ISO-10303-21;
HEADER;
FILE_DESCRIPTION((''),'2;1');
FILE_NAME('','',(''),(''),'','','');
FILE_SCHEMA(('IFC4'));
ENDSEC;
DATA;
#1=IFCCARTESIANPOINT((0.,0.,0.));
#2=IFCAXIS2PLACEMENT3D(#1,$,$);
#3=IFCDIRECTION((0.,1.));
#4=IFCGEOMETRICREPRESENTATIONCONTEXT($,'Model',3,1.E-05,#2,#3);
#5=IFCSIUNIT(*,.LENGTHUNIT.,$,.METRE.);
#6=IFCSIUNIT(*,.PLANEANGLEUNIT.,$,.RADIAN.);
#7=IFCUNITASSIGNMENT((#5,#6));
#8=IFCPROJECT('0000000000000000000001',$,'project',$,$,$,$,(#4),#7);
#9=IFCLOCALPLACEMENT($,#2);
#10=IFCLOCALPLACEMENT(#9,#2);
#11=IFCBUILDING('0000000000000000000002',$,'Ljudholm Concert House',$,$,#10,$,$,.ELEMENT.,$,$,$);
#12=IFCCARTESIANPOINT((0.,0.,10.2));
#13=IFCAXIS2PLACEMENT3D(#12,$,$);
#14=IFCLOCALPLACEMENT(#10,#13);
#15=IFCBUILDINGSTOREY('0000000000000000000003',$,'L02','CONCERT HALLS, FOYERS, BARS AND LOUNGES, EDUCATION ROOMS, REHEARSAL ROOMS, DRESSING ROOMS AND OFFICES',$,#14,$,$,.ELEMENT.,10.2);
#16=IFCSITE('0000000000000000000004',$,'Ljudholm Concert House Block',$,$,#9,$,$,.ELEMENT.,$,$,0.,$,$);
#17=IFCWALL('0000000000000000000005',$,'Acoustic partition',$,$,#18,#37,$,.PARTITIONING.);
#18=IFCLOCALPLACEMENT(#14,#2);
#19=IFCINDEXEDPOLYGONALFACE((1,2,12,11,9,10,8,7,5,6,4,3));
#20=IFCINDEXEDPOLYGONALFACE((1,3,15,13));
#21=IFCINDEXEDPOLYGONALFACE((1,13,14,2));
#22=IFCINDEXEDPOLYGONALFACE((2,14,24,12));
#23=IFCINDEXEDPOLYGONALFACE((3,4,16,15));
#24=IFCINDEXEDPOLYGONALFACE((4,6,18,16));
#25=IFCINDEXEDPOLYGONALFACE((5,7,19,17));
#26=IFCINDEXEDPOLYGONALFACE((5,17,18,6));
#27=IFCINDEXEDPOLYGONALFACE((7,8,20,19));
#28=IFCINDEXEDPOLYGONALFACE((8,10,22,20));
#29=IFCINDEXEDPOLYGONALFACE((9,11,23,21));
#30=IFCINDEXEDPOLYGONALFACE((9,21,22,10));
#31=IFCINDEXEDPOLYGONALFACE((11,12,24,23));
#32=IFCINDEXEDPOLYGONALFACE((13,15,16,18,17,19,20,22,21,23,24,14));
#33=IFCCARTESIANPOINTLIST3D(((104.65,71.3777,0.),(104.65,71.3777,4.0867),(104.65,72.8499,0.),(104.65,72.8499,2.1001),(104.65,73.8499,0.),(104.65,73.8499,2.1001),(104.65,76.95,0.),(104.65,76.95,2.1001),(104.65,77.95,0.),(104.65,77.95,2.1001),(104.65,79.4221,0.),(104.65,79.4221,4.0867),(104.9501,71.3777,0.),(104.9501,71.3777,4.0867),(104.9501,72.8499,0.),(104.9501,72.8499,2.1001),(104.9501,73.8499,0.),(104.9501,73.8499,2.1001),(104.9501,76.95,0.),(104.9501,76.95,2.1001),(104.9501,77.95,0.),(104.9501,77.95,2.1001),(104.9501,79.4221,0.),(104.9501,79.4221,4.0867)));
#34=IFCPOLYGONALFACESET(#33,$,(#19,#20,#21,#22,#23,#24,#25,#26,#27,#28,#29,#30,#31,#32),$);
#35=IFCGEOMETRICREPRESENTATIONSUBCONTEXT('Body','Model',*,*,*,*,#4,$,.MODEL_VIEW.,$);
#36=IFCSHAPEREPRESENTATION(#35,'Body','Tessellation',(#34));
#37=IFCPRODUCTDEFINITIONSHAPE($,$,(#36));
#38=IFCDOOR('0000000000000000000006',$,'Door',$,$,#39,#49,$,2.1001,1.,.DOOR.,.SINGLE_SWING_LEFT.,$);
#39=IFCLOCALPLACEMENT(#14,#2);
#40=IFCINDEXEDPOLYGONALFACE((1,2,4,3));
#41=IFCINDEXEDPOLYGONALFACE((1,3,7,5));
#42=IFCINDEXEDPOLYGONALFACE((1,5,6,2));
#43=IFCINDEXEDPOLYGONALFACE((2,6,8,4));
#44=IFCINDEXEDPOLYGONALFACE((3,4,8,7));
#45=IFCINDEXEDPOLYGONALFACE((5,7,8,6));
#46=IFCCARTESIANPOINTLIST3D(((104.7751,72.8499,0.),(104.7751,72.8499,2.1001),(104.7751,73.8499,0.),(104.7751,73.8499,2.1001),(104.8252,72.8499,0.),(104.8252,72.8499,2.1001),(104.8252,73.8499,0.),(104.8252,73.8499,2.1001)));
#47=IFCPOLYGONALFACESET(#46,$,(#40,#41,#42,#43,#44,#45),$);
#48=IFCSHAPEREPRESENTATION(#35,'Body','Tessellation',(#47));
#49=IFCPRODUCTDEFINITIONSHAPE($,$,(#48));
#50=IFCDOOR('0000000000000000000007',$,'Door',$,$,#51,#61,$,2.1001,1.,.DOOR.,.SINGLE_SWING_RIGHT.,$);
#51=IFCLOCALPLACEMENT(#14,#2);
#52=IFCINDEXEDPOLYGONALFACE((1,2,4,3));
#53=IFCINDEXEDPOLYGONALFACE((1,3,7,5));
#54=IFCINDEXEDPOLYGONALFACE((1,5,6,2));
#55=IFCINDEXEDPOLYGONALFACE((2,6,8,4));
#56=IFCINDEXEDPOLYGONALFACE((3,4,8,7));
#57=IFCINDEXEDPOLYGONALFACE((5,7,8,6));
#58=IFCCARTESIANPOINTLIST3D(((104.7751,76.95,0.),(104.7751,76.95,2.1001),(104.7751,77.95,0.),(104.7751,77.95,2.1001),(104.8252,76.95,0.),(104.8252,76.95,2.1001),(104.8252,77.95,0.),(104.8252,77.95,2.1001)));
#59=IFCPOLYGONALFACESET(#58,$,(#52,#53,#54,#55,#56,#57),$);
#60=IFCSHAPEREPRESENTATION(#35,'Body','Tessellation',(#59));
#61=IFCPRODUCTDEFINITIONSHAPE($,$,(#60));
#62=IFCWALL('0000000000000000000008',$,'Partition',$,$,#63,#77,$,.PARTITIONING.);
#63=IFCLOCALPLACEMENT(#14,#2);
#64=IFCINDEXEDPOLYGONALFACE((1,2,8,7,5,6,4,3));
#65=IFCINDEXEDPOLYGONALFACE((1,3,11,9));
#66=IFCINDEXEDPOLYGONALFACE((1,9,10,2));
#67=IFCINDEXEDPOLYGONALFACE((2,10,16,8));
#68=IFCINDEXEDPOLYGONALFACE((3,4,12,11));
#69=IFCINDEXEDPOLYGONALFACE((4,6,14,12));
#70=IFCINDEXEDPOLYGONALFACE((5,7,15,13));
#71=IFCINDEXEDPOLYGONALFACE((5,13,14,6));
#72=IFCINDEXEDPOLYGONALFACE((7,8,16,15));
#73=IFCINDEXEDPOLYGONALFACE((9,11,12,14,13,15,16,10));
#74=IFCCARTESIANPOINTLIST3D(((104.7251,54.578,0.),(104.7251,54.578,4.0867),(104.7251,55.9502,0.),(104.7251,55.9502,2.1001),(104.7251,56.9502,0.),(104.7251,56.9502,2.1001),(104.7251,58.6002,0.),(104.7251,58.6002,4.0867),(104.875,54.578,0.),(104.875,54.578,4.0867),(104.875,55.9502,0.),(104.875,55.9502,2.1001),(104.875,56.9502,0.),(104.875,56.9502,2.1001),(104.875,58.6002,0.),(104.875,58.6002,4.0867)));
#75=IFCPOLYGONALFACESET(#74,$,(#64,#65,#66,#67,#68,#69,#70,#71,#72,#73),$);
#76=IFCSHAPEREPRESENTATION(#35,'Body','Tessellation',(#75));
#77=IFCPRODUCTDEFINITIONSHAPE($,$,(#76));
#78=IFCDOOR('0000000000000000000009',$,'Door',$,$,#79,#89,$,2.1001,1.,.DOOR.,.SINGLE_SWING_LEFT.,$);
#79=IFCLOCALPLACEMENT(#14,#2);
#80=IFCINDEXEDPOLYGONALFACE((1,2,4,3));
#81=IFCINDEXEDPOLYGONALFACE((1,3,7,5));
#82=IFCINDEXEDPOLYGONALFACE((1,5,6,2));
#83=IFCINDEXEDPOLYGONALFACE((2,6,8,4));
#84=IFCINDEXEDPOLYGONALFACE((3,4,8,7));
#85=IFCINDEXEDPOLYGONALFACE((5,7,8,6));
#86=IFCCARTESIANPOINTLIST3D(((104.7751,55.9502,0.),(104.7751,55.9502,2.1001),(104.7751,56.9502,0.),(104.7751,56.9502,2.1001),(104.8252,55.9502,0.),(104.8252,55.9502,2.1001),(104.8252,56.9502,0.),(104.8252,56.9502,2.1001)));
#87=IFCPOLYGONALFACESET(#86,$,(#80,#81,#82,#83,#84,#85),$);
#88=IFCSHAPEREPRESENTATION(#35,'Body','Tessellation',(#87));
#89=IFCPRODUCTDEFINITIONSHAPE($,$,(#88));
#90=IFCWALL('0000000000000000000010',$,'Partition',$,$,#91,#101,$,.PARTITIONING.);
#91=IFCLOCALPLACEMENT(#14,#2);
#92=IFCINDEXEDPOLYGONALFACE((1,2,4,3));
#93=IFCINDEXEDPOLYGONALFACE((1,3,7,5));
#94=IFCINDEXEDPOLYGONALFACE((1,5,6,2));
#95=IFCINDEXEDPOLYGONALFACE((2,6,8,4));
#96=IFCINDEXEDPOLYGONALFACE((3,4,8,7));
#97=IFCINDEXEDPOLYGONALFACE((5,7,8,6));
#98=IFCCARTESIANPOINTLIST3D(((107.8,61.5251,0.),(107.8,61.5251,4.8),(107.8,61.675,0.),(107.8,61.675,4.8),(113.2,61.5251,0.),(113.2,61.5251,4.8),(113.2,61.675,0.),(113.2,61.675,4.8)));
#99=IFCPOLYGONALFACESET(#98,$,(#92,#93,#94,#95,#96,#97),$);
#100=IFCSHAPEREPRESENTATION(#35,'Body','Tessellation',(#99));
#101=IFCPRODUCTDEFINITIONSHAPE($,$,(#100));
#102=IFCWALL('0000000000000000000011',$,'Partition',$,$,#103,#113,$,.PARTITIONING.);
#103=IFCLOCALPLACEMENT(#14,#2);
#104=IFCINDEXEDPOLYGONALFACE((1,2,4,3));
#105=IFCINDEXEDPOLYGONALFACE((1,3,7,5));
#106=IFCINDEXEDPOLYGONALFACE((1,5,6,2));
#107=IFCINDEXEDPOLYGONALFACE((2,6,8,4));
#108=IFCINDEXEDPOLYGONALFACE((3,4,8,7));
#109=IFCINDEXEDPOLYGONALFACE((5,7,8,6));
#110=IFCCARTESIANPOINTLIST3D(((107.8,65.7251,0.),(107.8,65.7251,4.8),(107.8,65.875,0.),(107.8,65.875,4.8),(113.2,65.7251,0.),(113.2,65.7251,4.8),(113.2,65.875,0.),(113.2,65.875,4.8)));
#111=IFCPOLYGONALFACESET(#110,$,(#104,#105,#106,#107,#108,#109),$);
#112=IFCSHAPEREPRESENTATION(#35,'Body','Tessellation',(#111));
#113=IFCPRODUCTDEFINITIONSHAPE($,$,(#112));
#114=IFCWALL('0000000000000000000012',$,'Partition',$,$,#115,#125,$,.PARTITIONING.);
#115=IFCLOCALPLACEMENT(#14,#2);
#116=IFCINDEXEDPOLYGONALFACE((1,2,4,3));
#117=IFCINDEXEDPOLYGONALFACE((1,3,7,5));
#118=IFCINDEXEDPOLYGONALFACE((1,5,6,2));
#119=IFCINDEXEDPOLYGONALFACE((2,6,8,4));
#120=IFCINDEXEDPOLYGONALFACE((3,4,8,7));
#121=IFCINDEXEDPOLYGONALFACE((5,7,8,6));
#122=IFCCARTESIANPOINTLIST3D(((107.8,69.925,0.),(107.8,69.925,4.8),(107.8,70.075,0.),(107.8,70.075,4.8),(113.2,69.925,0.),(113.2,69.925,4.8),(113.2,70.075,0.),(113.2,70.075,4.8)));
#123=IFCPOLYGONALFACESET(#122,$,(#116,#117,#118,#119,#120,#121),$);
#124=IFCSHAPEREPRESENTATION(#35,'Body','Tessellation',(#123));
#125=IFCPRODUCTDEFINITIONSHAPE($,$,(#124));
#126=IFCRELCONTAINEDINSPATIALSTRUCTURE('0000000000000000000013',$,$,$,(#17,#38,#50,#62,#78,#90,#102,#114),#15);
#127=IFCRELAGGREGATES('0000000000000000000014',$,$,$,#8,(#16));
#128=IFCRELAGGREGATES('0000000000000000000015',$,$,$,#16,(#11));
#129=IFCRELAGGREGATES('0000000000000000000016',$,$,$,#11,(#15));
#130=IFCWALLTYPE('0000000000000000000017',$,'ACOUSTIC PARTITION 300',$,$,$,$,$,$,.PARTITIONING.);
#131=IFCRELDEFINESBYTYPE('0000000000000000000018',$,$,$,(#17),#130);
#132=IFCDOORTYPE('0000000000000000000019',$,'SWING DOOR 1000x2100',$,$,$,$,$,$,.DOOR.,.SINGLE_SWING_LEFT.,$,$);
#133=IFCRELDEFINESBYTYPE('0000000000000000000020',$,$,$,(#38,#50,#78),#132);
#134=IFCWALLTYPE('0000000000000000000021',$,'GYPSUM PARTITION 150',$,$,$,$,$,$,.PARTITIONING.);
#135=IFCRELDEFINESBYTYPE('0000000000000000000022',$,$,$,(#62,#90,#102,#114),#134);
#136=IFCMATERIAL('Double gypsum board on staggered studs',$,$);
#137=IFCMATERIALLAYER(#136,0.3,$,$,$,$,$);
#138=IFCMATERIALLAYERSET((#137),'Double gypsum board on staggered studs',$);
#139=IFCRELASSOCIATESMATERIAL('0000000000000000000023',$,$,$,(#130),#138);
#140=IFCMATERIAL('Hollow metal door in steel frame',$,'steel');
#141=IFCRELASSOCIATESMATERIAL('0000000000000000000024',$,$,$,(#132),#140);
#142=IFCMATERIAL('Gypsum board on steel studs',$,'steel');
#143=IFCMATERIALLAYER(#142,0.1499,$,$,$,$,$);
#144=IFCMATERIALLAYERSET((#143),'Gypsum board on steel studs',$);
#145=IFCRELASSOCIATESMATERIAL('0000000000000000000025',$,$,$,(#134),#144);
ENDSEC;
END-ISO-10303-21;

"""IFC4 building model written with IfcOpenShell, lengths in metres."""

from ifc_helpers import new_model, si_unit, direction, frame, frame_2d, origin, place, context, subcontext, project, spatial, rectangle, extrude, material, layer, layer_set, type_object, element, fill, save


model = new_model("IFC4")

# Units and contexts
model_context = context("Model", 3, precision=1e-05, world=origin(), true_north=direction((0.0, 1.0)))
body_context = subcontext(model_context, "Body", "Model", "MODEL_VIEW")
ifc_project = project(units=[si_unit("LENGTHUNIT", "METRE"), si_unit("PLANEANGLEUNIT", "RADIAN")], contexts=[model_context])

# Site, building, storey
site_placement = place(None, origin())
site = spatial("IfcSite", under=ifc_project, at=site_placement, Name="Ljudholm Concert House Block", CompositionType="ELEMENT", RefElevation=0.0)
building_placement = place(site_placement, origin())
building = spatial("IfcBuilding", under=site, at=building_placement, Name="Ljudholm Concert House", CompositionType="ELEMENT")
storey_placement = place(building_placement, frame((0.0, 0.0, 10.2)))
storey = spatial("IfcBuildingStorey", under=building, at=storey_placement, Name="L02", Description="CONCERT HALLS, FOYERS, BARS AND LOUNGES, EDUCATION ROOMS, REHEARSAL ROOMS, DRESSING ROOMS AND OFFICES", CompositionType="ELEMENT", Elevation=10.2)

# Shared definitions
ifc_material_1 = material(Name="Double gypsum board on staggered studs")
ifc_layer_1 = layer(ifc_material_1, 0.3)
ifc_layer_set_1 = layer_set([ifc_layer_1], Name="Double gypsum board on staggered studs")
wall_type_1 = type_object("IfcWallType", Name="ACOUSTIC PARTITION 300", PredefinedType="PARTITIONING", material=ifc_layer_set_1)

# Wall, openings, doors
wall_1_placement = place(storey_placement, frame((104.8, 71.3777, 0.0), z_axis=(0.0, 0.0, 1.0), x_axis=(0.0, 1.0, 0.0)))
wall_1 = element("IfcWall", 1, at=wall_1_placement, inside=storey, type_object=wall_type_1, Name="Acoustic partition", PredefinedType="PARTITIONING", context=body_context, shape_type="SweptSolid", body=[
    extrude(rectangle(XDim=8.0444, YDim=0.3, at=frame_2d((4.0222, 0.0))), origin(), (0.0, 0.0, 1.0), 4.0867),
])
opening_1_placement = place(wall_1_placement, frame((1.4722, 0.0, 0.0)))
opening_1 = element("IfcOpeningElement", 2, at=opening_1_placement, cuts=wall_1, PredefinedType="OPENING", context=body_context, shape_type="SweptSolid", body=[
    extrude(rectangle(XDim=1.0, YDim=2.1001, at=frame_2d((0.5, 1.05))), frame((0.0, 0.1599, 0.0), z_axis=(0.0, -1.0, 0.0), x_axis=(1.0, 0.0, 0.0)), (0.0, 0.0, 1.0), 0.3201),
])
opening_2_placement = place(wall_1_placement, frame((5.5723, 0.0, 0.0)))
opening_2 = element("IfcOpeningElement", 3, at=opening_2_placement, cuts=wall_1, PredefinedType="OPENING", context=body_context, shape_type="SweptSolid", body=[
    extrude(rectangle(XDim=1.0, YDim=2.1001, at=frame_2d((0.5, 1.05))), frame((0.0, 0.1599, 0.0), z_axis=(0.0, -1.0, 0.0), x_axis=(1.0, 0.0, 0.0)), (0.0, 0.0, 1.0), 0.3201),
])
ifc_material_2 = material(Name="Hollow metal door in steel frame", Category="steel")
door_type_1 = type_object("IfcDoorType", Name="SWING DOOR 1000x2100", OperationType="SINGLE_SWING_LEFT", PredefinedType="DOOR", material=ifc_material_2)
door_1_placement = place(opening_1_placement, origin())
door_1 = element("IfcDoor", 4, at=door_1_placement, inside=storey, type_object=door_type_1, Name="Door", OperationType="SINGLE_SWING_LEFT", OverallHeight=2.1001, OverallWidth=1.0, PredefinedType="DOOR", context=body_context, shape_type="SweptSolid", body=[
    extrude(rectangle(XDim=1.0, YDim=2.1001, at=frame_2d((0.5, 1.05))), frame((0.0, 0.0249, 0.0), z_axis=(0.0, -1.0, 0.0), x_axis=(1.0, 0.0, 0.0)), (0.0, 0.0, 1.0), 0.05),
])
fill(opening_1, door_1)
door_2_placement = place(opening_2_placement, origin())
door_2 = element("IfcDoor", 5, at=door_2_placement, inside=storey, type_object=door_type_1, Name="Door", OperationType="SINGLE_SWING_RIGHT", OverallHeight=2.1001, OverallWidth=1.0, PredefinedType="DOOR", context=body_context, shape_type="SweptSolid", body=[
    extrude(rectangle(XDim=1.0, YDim=2.1001, at=frame_2d((0.5, 1.05))), frame((0.0, 0.0249, 0.0), z_axis=(0.0, -1.0, 0.0), x_axis=(1.0, 0.0, 0.0)), (0.0, 0.0, 1.0), 0.05),
])
fill(opening_2, door_2)

# Wall, opening, door
ifc_material_3 = material(Name="Gypsum board on steel studs", Category="steel")
ifc_layer_2 = layer(ifc_material_3, 0.1499)
ifc_layer_set_2 = layer_set([ifc_layer_2], Name="Gypsum board on steel studs")
wall_type_2 = type_object("IfcWallType", Name="GYPSUM PARTITION 150", PredefinedType="PARTITIONING", material=ifc_layer_set_2)
wall_2_placement = place(storey_placement, frame((104.8, 54.5779, 0.0), z_axis=(0.0, 0.0, 1.0), x_axis=(0.0, 1.0, 0.0)))
wall_2 = element("IfcWall", 6, at=wall_2_placement, inside=storey, type_object=wall_type_2, Name="Partition", PredefinedType="PARTITIONING", context=body_context, shape_type="SweptSolid", body=[
    extrude(rectangle(XDim=4.0222, YDim=0.1499, at=frame_2d((2.0112, 0.0))), origin(), (0.0, 0.0, 1.0), 4.0867),
])
opening_3_placement = place(wall_2_placement, frame((1.3723, 0.0, 0.0)))
opening_3 = element("IfcOpeningElement", 7, at=opening_3_placement, cuts=wall_2, PredefinedType="OPENING", context=body_context, shape_type="SweptSolid", body=[
    extrude(rectangle(XDim=1.0, YDim=2.1001, at=frame_2d((0.5, 1.05))), frame((0.0, 0.085, 0.0), z_axis=(0.0, -1.0, 0.0), x_axis=(1.0, 0.0, 0.0)), (0.0, 0.0, 1.0), 0.1699),
])
door_3_placement = place(opening_3_placement, origin())
door_3 = element("IfcDoor", 8, at=door_3_placement, inside=storey, type_object=door_type_1, Name="Door", OperationType="SINGLE_SWING_LEFT", OverallHeight=2.1001, OverallWidth=1.0, PredefinedType="DOOR", context=body_context, shape_type="SweptSolid", body=[
    extrude(rectangle(XDim=1.0, YDim=2.1001, at=frame_2d((0.5, 1.05))), frame((0.0, 0.0249, 0.0), z_axis=(0.0, -1.0, 0.0), x_axis=(1.0, 0.0, 0.0)), (0.0, 0.0, 1.0), 0.05),
])
fill(opening_3, door_3)

# Walls
for number, where, z_axis, x_axis, name in (
    (9, (107.8, 61.6001, 0.0), (0.0, 0.0, 1.0), (1.0, 0.0, 0.0), "Partition"),
    (10, (107.8, 65.8, 0.0), (0.0, 0.0, 1.0), (1.0, 0.0, 0.0), "Partition"),
    (11, (107.8, 70.0, 0.0), (0.0, 0.0, 1.0), (1.0, 0.0, 0.0), "Partition"),
):
    element("IfcWall", number, at=place(storey_placement, frame(where, z_axis=z_axis, x_axis=x_axis)), inside=storey, type_object=wall_type_2, Name=name, PredefinedType="PARTITIONING", context=body_context, shape_type="SweptSolid", body=[
        extrude(rectangle(XDim=5.3999, YDim=0.1499, at=frame_2d((2.7, 0.0))), origin(), (0.0, 0.0, 1.0), 4.8),
    ])

save(model, "model.ifc")
